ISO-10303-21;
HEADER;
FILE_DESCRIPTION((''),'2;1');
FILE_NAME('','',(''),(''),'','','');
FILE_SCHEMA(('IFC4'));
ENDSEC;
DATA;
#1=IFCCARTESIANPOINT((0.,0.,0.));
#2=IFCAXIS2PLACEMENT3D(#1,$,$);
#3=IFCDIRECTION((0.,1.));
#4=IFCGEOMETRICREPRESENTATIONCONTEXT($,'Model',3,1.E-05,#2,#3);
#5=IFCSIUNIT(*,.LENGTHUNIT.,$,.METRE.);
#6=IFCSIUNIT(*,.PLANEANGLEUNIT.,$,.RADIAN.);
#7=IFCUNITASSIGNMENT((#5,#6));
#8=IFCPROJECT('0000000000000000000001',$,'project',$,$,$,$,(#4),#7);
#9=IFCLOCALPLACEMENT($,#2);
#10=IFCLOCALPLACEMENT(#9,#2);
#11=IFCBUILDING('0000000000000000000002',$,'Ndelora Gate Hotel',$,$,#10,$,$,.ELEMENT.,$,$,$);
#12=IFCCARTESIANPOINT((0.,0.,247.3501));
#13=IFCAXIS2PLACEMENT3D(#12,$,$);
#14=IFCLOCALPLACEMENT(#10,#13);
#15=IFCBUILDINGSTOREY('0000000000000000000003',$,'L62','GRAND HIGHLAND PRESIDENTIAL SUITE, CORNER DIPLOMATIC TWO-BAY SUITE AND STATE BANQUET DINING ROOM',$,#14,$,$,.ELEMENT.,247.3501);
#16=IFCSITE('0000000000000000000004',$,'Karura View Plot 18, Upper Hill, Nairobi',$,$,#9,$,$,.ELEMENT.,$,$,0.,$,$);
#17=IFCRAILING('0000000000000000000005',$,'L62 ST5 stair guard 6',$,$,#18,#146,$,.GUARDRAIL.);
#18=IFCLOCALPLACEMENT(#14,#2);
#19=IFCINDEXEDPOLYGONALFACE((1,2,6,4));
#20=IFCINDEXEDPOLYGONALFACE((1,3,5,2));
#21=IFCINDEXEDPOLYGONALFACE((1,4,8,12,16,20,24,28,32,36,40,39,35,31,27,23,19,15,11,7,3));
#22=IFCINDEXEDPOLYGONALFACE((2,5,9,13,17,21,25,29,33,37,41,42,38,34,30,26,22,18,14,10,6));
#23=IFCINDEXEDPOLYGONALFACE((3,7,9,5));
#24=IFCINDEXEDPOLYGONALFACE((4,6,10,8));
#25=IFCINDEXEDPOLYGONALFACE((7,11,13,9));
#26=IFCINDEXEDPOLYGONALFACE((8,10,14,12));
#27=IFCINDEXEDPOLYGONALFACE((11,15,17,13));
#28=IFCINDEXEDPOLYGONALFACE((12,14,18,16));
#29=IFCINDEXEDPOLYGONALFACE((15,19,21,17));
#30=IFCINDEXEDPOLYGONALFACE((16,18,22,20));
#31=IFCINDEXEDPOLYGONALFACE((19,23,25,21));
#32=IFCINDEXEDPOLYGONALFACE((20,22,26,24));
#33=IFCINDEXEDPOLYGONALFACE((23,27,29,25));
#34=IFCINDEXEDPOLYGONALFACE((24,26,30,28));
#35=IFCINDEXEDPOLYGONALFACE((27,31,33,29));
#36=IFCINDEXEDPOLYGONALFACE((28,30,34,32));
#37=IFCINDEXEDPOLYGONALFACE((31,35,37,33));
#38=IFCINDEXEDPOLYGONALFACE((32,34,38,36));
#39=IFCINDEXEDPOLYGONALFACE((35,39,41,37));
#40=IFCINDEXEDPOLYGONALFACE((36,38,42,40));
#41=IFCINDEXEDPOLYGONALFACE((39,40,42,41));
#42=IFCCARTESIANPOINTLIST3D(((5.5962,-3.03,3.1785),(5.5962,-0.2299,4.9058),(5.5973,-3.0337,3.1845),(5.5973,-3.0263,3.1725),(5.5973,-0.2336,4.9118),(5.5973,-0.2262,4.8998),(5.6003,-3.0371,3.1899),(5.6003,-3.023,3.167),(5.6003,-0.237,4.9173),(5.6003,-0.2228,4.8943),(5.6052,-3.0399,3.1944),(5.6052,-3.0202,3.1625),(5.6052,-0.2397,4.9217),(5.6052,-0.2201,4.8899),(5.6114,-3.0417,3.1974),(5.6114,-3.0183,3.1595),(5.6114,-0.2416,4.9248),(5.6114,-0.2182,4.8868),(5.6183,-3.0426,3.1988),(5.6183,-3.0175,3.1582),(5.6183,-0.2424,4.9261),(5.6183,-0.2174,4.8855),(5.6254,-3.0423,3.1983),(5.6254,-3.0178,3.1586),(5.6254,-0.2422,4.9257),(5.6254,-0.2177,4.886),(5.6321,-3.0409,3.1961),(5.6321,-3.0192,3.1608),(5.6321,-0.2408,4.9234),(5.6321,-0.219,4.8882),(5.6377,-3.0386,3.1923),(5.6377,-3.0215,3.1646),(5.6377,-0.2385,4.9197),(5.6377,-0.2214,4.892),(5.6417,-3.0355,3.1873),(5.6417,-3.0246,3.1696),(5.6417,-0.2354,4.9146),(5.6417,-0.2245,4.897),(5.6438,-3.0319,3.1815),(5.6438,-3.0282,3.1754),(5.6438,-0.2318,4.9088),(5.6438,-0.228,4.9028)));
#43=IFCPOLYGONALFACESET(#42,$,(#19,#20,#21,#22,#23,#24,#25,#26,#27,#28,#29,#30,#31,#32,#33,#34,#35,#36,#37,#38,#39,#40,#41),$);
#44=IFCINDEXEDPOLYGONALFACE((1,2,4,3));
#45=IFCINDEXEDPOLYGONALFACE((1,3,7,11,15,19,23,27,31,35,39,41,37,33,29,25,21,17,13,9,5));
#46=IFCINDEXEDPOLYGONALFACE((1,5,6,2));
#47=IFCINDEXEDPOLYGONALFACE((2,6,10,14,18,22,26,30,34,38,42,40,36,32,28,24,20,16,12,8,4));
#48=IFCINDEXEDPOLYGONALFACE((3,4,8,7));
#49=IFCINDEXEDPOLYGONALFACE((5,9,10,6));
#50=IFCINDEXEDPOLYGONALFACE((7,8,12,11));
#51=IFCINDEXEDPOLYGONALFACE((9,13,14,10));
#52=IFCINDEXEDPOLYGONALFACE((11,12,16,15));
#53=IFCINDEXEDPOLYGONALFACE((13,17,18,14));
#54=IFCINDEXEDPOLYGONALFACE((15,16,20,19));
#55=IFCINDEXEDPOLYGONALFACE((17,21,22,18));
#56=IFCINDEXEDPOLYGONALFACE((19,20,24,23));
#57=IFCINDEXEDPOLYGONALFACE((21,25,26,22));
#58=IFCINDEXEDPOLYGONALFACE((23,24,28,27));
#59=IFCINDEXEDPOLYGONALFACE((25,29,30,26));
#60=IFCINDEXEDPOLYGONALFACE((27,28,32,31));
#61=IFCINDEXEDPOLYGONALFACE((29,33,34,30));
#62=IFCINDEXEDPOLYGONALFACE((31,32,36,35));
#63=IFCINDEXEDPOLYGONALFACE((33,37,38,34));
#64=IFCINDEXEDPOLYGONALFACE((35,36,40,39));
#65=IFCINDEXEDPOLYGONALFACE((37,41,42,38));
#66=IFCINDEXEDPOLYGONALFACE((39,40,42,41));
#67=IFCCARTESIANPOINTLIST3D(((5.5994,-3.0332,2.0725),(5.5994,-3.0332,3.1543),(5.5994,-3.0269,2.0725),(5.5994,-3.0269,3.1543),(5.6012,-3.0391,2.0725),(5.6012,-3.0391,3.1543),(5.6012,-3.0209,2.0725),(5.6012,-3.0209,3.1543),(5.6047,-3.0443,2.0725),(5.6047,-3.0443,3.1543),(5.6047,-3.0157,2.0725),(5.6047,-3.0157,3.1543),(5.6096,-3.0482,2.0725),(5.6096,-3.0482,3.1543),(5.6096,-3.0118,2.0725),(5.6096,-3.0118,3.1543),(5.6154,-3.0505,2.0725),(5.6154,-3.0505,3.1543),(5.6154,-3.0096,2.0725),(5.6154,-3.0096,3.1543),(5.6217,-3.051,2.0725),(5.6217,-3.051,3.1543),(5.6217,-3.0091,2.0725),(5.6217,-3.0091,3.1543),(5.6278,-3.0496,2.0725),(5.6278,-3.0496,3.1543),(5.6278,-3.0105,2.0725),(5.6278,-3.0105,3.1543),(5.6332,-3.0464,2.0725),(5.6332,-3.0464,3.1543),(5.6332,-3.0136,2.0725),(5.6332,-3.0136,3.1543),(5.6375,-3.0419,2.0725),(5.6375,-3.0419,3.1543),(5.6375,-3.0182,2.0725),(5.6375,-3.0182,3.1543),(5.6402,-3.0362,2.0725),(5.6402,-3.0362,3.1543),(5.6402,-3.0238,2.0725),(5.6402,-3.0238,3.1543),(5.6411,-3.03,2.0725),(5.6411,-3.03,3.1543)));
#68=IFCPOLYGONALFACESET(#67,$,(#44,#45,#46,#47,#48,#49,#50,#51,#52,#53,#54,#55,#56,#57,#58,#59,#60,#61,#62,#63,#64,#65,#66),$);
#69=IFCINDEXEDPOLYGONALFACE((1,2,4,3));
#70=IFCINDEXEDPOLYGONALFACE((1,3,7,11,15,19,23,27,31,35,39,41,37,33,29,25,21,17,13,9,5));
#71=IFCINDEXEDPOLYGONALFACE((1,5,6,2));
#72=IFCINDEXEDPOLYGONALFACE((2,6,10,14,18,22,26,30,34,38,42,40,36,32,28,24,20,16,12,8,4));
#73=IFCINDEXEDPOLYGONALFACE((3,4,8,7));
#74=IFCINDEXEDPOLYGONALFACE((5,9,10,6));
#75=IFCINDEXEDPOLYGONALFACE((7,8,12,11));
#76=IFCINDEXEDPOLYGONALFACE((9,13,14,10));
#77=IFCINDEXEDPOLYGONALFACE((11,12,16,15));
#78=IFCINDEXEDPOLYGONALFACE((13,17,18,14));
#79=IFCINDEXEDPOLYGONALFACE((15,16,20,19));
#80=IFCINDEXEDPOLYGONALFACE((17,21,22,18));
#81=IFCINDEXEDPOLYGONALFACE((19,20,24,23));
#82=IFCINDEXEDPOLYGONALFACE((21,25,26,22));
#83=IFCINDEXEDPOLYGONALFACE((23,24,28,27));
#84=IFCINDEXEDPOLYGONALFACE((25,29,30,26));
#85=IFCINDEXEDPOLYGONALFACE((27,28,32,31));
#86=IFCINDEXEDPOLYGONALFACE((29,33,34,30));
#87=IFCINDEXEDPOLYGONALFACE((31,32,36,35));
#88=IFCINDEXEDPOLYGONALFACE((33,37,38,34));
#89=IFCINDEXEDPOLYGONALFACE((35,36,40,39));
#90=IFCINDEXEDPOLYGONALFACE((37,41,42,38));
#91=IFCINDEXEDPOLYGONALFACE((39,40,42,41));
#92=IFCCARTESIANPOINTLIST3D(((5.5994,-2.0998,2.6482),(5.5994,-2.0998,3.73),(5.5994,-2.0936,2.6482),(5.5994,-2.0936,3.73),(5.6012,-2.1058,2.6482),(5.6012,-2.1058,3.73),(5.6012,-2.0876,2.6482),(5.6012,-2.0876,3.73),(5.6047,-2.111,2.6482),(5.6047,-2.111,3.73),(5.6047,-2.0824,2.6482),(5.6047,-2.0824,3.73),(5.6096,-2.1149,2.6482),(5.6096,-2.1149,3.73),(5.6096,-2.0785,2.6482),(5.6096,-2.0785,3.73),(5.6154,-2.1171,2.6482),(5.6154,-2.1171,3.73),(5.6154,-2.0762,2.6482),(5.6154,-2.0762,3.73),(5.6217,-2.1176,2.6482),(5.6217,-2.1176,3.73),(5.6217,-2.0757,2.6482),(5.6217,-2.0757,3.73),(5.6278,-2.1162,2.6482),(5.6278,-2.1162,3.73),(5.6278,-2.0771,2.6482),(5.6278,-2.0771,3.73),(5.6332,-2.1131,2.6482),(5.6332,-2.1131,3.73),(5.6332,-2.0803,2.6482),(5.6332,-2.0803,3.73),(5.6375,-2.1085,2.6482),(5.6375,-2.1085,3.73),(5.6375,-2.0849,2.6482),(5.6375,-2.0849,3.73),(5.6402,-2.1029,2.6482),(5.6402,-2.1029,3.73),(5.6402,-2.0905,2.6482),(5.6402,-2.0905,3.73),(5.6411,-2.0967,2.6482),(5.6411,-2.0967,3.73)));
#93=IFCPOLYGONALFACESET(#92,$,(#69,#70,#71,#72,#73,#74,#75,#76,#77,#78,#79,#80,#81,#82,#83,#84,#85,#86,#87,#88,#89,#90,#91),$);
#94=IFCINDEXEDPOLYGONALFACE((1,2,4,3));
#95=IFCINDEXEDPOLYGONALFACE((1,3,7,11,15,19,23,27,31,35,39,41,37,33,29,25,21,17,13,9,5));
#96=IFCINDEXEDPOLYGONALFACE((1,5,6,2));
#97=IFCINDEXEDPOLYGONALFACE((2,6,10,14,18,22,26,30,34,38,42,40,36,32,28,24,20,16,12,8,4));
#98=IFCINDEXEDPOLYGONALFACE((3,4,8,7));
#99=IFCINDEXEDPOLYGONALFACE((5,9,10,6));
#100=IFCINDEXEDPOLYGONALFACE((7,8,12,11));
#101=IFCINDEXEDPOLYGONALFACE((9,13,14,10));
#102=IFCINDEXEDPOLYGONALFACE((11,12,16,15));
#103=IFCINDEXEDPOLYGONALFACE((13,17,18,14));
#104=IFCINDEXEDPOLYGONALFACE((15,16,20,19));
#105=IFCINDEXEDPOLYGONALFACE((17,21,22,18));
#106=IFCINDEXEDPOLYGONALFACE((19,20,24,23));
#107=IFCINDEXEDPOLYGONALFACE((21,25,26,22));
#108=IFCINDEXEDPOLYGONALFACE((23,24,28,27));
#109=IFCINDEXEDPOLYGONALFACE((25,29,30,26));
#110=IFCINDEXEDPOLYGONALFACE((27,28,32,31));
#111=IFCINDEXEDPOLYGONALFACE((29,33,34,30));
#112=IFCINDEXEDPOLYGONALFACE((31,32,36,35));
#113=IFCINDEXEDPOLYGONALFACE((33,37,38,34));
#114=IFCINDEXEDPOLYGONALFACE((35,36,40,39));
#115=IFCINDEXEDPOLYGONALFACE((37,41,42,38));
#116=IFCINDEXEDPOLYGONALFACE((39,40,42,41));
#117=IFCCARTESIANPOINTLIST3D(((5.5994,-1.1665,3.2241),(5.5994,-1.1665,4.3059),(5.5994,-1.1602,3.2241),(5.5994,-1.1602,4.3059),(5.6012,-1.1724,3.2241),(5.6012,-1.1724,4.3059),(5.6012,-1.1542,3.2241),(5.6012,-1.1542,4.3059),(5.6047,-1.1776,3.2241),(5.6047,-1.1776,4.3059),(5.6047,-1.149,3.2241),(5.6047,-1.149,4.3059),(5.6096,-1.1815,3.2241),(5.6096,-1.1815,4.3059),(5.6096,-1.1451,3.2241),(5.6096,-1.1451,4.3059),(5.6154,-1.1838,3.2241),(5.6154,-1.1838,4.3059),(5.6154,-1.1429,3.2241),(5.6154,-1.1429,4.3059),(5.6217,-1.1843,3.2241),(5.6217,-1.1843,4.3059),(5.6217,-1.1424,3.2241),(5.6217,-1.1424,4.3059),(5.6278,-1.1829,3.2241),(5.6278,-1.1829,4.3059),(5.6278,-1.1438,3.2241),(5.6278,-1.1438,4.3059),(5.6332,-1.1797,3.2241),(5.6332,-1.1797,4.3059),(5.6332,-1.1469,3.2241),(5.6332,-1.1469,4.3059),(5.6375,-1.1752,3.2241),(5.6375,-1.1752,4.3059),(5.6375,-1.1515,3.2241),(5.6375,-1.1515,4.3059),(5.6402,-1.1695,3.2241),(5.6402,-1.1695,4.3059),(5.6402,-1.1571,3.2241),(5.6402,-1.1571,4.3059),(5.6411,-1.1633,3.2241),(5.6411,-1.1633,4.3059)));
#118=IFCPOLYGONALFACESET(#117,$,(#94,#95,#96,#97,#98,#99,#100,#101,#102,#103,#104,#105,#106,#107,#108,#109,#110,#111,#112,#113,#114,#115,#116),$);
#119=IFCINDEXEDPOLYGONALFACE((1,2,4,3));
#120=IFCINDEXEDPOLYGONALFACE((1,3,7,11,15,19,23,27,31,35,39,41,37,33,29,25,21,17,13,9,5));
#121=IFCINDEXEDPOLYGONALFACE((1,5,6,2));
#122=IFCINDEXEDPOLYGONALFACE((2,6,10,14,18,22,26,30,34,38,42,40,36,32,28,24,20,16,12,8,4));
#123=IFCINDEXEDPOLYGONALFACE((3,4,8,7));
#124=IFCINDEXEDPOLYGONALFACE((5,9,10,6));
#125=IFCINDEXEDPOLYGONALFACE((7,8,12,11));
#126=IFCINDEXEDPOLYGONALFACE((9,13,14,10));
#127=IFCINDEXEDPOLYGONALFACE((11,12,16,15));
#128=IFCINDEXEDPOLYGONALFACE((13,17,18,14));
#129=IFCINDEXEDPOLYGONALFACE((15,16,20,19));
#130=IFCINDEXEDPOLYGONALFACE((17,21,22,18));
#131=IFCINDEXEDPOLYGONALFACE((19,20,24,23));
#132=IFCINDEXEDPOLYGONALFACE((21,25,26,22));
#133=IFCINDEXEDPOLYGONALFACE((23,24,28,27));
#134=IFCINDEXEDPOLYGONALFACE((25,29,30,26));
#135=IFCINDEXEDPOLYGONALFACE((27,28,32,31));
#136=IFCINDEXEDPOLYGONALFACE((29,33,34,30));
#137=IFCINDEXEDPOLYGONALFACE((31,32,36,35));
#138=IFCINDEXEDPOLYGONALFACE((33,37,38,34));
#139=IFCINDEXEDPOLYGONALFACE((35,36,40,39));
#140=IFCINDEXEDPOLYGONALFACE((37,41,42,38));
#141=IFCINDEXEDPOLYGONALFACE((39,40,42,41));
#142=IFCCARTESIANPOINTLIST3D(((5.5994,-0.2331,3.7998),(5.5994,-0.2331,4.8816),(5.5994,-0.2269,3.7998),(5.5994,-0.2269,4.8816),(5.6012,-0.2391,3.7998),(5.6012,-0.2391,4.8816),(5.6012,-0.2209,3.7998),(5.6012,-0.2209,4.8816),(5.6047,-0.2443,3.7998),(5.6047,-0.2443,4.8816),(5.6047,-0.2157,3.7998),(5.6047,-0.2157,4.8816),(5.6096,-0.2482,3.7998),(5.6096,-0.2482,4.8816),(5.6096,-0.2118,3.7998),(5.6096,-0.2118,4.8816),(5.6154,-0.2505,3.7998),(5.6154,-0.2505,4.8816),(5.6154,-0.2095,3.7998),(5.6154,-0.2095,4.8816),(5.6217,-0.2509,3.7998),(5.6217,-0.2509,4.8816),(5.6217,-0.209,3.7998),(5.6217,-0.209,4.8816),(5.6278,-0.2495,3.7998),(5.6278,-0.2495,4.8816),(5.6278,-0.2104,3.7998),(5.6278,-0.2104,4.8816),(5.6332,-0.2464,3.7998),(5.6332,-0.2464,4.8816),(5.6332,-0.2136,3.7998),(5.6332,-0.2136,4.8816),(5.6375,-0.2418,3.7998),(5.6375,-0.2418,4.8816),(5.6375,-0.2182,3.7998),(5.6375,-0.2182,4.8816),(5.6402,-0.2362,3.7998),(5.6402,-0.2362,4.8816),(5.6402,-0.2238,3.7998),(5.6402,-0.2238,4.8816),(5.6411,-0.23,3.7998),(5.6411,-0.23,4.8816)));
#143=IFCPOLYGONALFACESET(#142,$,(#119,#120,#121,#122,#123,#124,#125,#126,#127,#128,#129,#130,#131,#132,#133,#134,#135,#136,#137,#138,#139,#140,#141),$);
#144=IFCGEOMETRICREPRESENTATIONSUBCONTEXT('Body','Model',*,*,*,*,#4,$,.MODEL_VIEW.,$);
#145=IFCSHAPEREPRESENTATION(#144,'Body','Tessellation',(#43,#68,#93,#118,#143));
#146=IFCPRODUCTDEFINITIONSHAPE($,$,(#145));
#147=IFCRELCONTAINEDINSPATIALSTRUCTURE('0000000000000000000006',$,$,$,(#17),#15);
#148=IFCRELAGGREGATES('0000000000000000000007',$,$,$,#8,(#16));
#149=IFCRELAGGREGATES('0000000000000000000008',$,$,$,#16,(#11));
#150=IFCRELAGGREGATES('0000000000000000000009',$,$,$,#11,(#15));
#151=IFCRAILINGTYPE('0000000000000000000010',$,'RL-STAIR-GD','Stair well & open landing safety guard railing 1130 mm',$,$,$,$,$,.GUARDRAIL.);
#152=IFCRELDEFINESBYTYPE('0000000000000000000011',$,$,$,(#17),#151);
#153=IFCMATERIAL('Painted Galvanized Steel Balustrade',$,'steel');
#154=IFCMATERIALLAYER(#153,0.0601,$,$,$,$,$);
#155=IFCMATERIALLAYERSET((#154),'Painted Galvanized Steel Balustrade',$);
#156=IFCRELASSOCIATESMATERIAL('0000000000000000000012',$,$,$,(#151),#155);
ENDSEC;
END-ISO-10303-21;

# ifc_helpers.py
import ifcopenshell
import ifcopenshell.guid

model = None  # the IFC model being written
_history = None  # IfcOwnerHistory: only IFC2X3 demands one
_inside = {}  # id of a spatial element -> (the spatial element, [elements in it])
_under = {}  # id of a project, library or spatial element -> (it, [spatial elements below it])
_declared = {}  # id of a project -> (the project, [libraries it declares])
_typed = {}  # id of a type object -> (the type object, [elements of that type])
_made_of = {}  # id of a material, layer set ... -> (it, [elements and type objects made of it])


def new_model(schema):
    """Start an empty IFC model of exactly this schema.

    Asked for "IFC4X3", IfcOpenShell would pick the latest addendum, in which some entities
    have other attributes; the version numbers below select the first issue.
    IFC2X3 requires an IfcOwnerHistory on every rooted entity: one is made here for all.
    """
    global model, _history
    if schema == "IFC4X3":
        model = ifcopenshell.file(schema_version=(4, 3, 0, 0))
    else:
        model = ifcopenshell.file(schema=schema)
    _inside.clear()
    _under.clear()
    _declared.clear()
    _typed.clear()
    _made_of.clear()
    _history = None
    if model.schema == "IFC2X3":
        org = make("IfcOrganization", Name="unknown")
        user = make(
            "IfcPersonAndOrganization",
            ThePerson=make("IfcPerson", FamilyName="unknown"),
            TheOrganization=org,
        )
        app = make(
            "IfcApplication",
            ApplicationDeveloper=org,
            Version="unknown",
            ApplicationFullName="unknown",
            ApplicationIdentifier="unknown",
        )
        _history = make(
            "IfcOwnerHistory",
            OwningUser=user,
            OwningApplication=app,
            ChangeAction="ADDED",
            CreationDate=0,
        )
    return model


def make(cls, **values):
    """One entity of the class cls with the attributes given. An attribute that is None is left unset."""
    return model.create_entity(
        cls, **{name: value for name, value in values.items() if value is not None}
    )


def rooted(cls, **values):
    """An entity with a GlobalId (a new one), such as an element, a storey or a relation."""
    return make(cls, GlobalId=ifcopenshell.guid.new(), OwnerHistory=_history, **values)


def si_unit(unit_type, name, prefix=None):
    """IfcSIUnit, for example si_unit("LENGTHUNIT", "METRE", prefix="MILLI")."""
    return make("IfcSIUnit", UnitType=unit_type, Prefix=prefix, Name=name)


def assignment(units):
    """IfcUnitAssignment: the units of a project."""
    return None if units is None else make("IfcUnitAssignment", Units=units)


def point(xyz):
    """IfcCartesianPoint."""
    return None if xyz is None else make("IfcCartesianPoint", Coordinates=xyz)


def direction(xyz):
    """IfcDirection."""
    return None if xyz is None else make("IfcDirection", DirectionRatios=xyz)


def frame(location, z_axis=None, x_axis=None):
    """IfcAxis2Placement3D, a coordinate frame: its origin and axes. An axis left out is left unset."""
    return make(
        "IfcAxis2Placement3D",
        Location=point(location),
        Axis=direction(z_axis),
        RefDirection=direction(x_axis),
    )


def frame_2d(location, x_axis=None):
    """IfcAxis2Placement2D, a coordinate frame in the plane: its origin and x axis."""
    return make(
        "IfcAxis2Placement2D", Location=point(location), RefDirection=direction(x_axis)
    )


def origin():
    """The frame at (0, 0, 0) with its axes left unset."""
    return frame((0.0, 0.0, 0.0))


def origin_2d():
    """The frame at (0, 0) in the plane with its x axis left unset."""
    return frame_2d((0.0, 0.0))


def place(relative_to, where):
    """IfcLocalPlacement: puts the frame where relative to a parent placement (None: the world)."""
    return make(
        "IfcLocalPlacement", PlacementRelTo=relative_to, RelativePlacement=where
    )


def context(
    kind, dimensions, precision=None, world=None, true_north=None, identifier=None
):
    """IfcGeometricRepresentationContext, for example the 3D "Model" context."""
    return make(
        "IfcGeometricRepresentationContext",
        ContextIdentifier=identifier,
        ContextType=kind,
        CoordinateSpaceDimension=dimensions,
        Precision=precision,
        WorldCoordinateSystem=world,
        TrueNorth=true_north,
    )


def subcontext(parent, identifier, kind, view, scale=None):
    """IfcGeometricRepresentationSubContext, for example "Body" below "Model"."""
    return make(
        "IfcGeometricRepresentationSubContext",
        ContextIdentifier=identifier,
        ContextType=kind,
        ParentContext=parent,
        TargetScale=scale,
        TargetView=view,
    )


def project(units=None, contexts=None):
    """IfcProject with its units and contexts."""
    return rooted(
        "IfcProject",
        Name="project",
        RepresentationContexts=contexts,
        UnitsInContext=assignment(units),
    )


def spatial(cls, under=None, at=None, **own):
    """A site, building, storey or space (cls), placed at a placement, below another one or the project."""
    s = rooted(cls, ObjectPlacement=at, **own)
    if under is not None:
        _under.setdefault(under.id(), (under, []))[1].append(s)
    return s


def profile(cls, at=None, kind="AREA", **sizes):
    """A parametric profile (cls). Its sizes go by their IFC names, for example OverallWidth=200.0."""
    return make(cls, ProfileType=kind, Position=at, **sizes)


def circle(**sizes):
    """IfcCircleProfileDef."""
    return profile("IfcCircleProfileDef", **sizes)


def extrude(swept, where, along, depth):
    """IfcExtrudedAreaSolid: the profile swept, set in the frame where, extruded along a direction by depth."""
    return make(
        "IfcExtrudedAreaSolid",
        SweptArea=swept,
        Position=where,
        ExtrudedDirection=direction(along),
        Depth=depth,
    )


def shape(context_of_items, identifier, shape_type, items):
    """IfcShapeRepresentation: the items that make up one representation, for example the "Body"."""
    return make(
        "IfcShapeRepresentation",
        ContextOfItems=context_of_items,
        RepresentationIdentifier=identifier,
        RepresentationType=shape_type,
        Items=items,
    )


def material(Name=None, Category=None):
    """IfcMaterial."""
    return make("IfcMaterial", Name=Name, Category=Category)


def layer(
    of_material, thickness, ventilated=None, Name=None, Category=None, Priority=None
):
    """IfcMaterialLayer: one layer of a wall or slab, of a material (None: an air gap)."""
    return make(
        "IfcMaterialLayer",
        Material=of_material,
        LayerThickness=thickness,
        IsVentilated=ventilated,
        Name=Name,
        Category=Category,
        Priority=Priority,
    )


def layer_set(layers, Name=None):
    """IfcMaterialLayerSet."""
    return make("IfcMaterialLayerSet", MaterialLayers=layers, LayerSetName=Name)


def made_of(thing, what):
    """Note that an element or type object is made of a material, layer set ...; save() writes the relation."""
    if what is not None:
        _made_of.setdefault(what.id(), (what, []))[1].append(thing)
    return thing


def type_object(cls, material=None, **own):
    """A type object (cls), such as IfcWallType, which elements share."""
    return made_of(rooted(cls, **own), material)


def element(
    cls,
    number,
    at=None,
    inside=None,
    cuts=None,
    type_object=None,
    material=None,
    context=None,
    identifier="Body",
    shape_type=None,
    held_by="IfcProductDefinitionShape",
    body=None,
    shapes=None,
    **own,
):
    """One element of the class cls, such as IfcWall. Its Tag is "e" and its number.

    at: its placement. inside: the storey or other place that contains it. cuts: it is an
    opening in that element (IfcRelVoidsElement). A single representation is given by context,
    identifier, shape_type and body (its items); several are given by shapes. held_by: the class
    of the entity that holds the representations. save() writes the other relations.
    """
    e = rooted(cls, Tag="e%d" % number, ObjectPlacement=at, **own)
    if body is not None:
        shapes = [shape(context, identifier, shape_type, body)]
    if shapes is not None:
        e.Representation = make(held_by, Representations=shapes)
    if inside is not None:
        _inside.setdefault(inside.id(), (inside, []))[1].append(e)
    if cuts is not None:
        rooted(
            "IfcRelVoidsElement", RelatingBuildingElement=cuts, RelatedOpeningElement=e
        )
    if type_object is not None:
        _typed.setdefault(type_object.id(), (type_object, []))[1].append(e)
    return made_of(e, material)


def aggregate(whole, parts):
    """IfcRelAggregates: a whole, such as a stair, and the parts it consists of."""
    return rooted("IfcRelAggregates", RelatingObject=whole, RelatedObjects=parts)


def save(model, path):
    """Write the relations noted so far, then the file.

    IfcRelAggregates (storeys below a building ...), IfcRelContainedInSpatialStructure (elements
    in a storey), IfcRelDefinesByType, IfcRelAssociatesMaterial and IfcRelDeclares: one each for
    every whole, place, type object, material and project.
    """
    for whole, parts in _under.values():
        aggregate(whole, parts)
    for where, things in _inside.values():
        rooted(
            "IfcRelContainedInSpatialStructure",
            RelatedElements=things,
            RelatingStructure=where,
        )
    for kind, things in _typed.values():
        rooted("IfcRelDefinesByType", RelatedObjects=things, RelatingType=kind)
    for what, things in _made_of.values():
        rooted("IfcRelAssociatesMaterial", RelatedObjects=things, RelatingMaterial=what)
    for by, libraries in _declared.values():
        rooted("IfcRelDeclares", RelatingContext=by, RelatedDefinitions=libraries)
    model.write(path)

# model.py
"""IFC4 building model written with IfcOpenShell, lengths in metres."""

from ifc_helpers import new_model, si_unit, direction, frame, origin, origin_2d, place, context, subcontext, project, spatial, circle, extrude, material, layer, layer_set, type_object, element, save


model = new_model("IFC4")

# Units and contexts
model_context = context("Model", 3, precision=1e-05, world=origin(), true_north=direction((0.0, 1.0)))
body_context = subcontext(model_context, "Body", "Model", "MODEL_VIEW")
ifc_project = project(units=[si_unit("LENGTHUNIT", "METRE"), si_unit("PLANEANGLEUNIT", "RADIAN")], contexts=[model_context])

# Site, building, storey
site_placement = place(None, origin())
site = spatial("IfcSite", under=ifc_project, at=site_placement, Name="Karura View Plot 18, Upper Hill, Nairobi", CompositionType="ELEMENT", RefElevation=0.0)
building_placement = place(site_placement, origin())
building = spatial("IfcBuilding", under=site, at=building_placement, Name="Ndelora Gate Hotel", CompositionType="ELEMENT")
storey_placement = place(building_placement, frame((0.0, 0.0, 247.3501)))
storey = spatial("IfcBuildingStorey", under=building, at=storey_placement, Name="L62", Description="GRAND HIGHLAND PRESIDENTIAL SUITE, CORNER DIPLOMATIC TWO-BAY SUITE AND STATE BANQUET DINING ROOM", CompositionType="ELEMENT", Elevation=247.3501)

# Railing
ifc_material_1 = material(Name="Painted Galvanized Steel Balustrade", Category="steel")
ifc_layer_1 = layer(ifc_material_1, 0.0601)
ifc_layer_set_1 = layer_set([ifc_layer_1], Name="Painted Galvanized Steel Balustrade")
railing_type_1 = type_object("IfcRailingType", Name="RL-STAIR-GD", Description="Stair well & open landing safety guard railing 1130 mm", PredefinedType="GUARDRAIL", material=ifc_layer_set_1)
railing_1_placement = place(storey_placement, frame((5.6201, -3.03, 2.0725)))
element("IfcRailing", 1, at=railing_1_placement, inside=storey, type_object=railing_type_1, Name="L62 ST5 stair guard 6", PredefinedType="GUARDRAIL", context=body_context, shape_type="SweptSolid", body=[
    extrude(circle(Radius=0.0239, at=origin_2d()), frame((0.0, 0.0, 1.106), z_axis=(0.0, 0.85109, 0.52502), x_axis=(-1.0, 0.0, 0.0)), (0.0, 0.0, 1.0), 3.29),
    extrude(circle(Radius=0.021, at=origin_2d()), origin(), (0.0, 0.0, 1.0), 1.0818),
    extrude(circle(Radius=0.021, at=origin_2d()), frame((0.0, 0.9333, 0.5757)), (0.0, 0.0, 1.0), 1.0818),
    extrude(circle(Radius=0.021, at=origin_2d()), frame((0.0, 1.8667, 1.1516)), (0.0, 0.0, 1.0), 1.0818),
    extrude(circle(Radius=0.021, at=origin_2d()), frame((0.0, 2.8, 1.7273)), (0.0, 0.0, 1.0), 1.0818),
])

save(model, "model.ifc")
